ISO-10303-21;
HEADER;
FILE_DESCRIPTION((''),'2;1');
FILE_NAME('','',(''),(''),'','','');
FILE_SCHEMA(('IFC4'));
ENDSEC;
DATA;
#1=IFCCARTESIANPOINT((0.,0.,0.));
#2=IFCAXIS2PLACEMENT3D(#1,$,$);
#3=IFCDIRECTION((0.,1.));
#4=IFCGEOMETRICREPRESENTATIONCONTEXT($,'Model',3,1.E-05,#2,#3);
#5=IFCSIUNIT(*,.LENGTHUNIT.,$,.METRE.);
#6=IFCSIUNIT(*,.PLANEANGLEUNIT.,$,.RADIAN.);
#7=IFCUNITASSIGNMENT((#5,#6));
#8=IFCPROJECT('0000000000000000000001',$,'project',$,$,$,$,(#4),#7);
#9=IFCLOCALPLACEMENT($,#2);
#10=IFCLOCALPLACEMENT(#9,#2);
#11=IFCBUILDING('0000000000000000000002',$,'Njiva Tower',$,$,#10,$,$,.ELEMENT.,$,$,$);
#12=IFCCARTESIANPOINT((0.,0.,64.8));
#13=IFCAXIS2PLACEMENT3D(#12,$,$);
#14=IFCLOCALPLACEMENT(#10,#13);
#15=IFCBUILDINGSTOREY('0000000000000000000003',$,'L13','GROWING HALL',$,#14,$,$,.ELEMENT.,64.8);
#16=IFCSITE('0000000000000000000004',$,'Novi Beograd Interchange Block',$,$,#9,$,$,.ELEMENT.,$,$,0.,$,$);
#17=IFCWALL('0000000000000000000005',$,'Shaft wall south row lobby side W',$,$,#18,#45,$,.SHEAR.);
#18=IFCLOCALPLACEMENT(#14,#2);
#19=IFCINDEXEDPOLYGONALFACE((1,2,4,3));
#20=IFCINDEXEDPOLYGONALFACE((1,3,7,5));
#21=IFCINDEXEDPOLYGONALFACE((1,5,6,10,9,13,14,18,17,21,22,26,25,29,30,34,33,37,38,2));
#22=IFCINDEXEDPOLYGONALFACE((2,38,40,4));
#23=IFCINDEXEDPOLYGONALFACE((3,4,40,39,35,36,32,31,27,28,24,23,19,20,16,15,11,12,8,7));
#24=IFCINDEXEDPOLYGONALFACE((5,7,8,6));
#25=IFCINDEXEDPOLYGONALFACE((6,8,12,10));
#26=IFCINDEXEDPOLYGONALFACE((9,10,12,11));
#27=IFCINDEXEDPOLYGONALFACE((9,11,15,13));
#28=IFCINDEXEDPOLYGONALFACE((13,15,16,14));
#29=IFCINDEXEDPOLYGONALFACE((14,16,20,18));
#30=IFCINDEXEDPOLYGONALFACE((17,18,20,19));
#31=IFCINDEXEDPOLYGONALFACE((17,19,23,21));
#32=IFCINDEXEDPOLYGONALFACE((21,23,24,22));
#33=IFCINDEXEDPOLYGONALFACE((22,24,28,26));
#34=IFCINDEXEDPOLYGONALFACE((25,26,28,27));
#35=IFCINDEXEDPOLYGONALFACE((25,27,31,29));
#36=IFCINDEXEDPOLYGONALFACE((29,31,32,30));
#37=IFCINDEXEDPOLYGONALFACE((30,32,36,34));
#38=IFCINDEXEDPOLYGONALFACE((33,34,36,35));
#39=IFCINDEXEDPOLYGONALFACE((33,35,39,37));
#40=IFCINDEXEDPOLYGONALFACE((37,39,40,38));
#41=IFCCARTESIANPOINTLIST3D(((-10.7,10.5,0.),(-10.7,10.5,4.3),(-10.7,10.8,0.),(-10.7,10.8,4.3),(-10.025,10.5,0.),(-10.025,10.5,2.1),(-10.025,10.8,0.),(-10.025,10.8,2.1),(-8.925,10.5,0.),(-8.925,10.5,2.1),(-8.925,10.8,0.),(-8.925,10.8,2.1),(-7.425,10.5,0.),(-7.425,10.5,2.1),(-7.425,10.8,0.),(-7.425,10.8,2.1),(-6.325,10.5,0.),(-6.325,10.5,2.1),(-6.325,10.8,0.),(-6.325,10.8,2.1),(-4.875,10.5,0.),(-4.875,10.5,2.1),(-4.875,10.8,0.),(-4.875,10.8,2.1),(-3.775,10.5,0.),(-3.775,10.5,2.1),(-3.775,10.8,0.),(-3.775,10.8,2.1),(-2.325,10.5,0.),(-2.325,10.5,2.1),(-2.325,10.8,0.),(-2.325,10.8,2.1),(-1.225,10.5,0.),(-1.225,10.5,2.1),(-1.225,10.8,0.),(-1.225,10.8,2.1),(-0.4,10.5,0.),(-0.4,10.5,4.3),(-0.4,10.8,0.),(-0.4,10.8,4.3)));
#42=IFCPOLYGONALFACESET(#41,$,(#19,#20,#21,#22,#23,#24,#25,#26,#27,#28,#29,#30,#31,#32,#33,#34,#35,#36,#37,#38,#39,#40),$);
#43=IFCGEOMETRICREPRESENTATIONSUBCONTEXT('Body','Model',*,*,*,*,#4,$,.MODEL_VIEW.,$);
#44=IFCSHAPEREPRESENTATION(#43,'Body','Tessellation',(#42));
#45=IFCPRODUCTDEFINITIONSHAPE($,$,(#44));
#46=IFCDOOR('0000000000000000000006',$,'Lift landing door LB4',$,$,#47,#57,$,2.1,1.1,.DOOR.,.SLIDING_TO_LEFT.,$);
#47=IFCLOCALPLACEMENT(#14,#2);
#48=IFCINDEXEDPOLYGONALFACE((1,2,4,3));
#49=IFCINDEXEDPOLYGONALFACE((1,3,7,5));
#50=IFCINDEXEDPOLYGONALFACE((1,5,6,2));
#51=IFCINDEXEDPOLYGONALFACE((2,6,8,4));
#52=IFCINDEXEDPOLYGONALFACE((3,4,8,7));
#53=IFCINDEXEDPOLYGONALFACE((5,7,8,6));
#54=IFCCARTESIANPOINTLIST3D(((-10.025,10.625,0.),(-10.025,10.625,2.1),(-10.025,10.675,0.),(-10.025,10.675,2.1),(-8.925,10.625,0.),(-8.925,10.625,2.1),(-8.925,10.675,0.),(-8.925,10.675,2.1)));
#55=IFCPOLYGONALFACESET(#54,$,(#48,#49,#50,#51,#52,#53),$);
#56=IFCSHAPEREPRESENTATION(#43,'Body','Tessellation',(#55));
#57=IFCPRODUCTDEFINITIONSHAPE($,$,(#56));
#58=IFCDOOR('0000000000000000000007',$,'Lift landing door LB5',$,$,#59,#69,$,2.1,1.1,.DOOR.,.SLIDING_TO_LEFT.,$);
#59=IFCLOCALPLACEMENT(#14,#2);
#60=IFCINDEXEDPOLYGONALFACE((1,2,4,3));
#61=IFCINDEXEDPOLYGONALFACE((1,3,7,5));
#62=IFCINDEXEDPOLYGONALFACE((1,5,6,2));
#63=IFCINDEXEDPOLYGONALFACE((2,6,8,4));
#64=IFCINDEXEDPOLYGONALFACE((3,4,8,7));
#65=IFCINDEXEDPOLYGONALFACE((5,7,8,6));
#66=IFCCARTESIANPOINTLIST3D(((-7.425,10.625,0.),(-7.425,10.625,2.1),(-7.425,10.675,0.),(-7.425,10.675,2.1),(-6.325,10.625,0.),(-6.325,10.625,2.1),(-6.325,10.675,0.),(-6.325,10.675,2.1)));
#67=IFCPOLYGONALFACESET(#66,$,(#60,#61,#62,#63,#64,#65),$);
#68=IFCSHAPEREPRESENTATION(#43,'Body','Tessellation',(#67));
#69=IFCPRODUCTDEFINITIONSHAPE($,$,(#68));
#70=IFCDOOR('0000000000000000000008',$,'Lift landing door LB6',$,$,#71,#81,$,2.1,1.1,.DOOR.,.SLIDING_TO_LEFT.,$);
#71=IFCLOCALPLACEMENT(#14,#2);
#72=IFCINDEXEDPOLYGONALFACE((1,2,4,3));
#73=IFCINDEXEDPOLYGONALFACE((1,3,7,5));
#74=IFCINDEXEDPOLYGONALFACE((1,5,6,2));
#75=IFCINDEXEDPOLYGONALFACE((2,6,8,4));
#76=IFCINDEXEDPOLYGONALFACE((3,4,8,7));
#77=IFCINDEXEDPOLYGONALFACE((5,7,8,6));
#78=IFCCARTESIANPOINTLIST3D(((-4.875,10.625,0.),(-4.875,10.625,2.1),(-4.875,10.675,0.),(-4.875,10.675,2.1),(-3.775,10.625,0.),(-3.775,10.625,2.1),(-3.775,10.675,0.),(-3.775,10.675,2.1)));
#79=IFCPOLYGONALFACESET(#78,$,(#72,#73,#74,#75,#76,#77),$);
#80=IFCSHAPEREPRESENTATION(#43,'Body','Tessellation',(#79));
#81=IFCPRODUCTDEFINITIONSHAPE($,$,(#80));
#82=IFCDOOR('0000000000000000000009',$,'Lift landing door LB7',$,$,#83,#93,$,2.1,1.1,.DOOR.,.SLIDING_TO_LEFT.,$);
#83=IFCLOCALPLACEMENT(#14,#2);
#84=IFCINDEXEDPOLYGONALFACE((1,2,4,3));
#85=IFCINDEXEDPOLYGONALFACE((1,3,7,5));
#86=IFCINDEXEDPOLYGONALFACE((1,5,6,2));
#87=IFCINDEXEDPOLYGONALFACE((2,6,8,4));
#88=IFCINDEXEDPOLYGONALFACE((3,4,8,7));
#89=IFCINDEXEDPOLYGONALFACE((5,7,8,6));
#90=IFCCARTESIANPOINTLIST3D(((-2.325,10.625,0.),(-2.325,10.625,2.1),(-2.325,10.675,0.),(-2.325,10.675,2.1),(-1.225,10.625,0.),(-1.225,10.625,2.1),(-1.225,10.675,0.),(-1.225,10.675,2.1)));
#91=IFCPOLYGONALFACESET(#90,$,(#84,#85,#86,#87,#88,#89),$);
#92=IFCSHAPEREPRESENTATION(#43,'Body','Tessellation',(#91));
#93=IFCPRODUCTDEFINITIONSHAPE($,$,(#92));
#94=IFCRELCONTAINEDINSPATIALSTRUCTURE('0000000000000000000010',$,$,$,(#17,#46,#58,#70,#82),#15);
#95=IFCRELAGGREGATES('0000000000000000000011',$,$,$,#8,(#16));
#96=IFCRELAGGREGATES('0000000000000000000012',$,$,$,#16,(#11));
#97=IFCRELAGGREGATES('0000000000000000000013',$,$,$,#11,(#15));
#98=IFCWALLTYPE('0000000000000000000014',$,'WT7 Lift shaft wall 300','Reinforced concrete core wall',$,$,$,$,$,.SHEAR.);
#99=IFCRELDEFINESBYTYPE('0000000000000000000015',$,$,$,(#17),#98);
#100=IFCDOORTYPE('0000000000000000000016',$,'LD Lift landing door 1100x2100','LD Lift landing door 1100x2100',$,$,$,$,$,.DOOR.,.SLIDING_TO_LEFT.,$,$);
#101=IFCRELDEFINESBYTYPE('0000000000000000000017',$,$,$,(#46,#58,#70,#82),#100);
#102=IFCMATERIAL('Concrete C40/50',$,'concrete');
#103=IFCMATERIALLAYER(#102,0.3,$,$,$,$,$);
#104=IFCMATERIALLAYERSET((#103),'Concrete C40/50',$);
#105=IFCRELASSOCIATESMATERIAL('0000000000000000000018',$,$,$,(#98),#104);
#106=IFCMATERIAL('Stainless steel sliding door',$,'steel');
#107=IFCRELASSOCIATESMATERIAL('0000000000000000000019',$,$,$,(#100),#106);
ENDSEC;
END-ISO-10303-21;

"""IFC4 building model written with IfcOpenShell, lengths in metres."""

from ifc_helpers import new_model, si_unit, direction, frame, frame_2d, origin, place, context, subcontext, project, spatial, rectangle, extrude, material, layer, layer_set, type_object, element, fill, save


model = new_model("IFC4")

# Units and contexts
model_context = context("Model", 3, precision=1e-05, world=origin(), true_north=direction((0.0, 1.0)))
body_context = subcontext(model_context, "Body", "Model", "MODEL_VIEW")
ifc_project = project(units=[si_unit("LENGTHUNIT", "METRE"), si_unit("PLANEANGLEUNIT", "RADIAN")], contexts=[model_context])

# Site, building, storey
site_placement = place(None, origin())
site = spatial("IfcSite", under=ifc_project, at=site_placement, Name="Novi Beograd Interchange Block", CompositionType="ELEMENT", RefElevation=0.0)
building_placement = place(site_placement, origin())
building = spatial("IfcBuilding", under=site, at=building_placement, Name="Njiva Tower", CompositionType="ELEMENT")
storey_placement = place(building_placement, frame((0.0, 0.0, 64.8)))
storey = spatial("IfcBuildingStorey", under=building, at=storey_placement, Name="L13", Description="GROWING HALL", CompositionType="ELEMENT", Elevation=64.8)

# Shared definitions
ifc_material_1 = material(Name="Concrete C40/50", Category="concrete")

# Wall, openings, doors
ifc_layer_1 = layer(ifc_material_1, 0.3)
ifc_layer_set_1 = layer_set([ifc_layer_1], Name="Concrete C40/50")
wall_type_1 = type_object("IfcWallType", Name="WT7 Lift shaft wall 300", Description="Reinforced concrete core wall", PredefinedType="SHEAR", material=ifc_layer_set_1)
ifc_material_2 = material(Name="Stainless steel sliding door", Category="steel")
door_type_1 = type_object("IfcDoorType", Name="LD Lift landing door 1100x2100", Description="LD Lift landing door 1100x2100", OperationType="SLIDING_TO_LEFT", PredefinedType="DOOR", material=ifc_material_2)
wall_1_placement = place(storey_placement, frame((-10.7, 10.65, 0.0), z_axis=(0.0, 0.0, 1.0), x_axis=(1.0, 0.0, 0.0)))
wall_1 = element("IfcWall", 1, at=wall_1_placement, inside=storey, type_object=wall_type_1, Name="Shaft wall south row lobby side W", PredefinedType="SHEAR", context=body_context, shape_type="SweptSolid", body=[
    extrude(rectangle(XDim=10.3, YDim=0.3, at=frame_2d((5.15, 0.0))), origin(), (0.0, 0.0, 1.0), 4.3),
])
opening_1_placement = place(wall_1_placement, frame((0.675, 0.0, 0.0)))
opening_1 = element("IfcOpeningElement", 2, at=opening_1_placement, cuts=wall_1, PredefinedType="OPENING", context=body_context, shape_type="SweptSolid", body=[
    extrude(rectangle(XDim=1.1, YDim=2.1, at=frame_2d((0.55, 1.05))), frame((0.0, 0.16, 0.0), z_axis=(0.0, -1.0, 0.0), x_axis=(1.0, 0.0, 0.0)), (0.0, 0.0, 1.0), 0.32),
])
opening_2_placement = place(wall_1_placement, frame((3.275, 0.0, 0.0)))
opening_2 = element("IfcOpeningElement", 3, at=opening_2_placement, cuts=wall_1, PredefinedType="OPENING", context=body_context, shape_type="SweptSolid", body=[
    extrude(rectangle(XDim=1.1, YDim=2.1, at=frame_2d((0.55, 1.05))), frame((0.0, 0.16, 0.0), z_axis=(0.0, -1.0, 0.0), x_axis=(1.0, 0.0, 0.0)), (0.0, 0.0, 1.0), 0.32),
])
opening_3_placement = place(wall_1_placement, frame((5.825, 0.0, 0.0)))
opening_3 = element("IfcOpeningElement", 4, at=opening_3_placement, cuts=wall_1, PredefinedType="OPENING", context=body_context, shape_type="SweptSolid", body=[
    extrude(rectangle(XDim=1.1, YDim=2.1, at=frame_2d((0.55, 1.05))), frame((0.0, 0.16, 0.0), z_axis=(0.0, -1.0, 0.0), x_axis=(1.0, 0.0, 0.0)), (0.0, 0.0, 1.0), 0.32),
])
opening_4_placement = place(wall_1_placement, frame((8.375, 0.0, 0.0)))
opening_4 = element("IfcOpeningElement", 5, at=opening_4_placement, cuts=wall_1, PredefinedType="OPENING", context=body_context, shape_type="SweptSolid", body=[
    extrude(rectangle(XDim=1.1, YDim=2.1, at=frame_2d((0.55, 1.05))), frame((0.0, 0.16, 0.0), z_axis=(0.0, -1.0, 0.0), x_axis=(1.0, 0.0, 0.0)), (0.0, 0.0, 1.0), 0.32),
])
door_1_placement = place(opening_1_placement, origin())
door_1 = element("IfcDoor", 6, at=door_1_placement, inside=storey, type_object=door_type_1, Name="Lift landing door LB4", OperationType="SLIDING_TO_LEFT", OverallHeight=2.1, OverallWidth=1.1, PredefinedType="DOOR", context=body_context, shape_type="SweptSolid", body=[
    extrude(rectangle(XDim=1.1, YDim=2.1, at=frame_2d((0.55, 1.05))), frame((0.0, 0.025, 0.0), z_axis=(0.0, -1.0, 0.0), x_axis=(1.0, 0.0, 0.0)), (0.0, 0.0, 1.0), 0.05),
])
fill(opening_1, door_1)
door_2_placement = place(opening_2_placement, origin())
door_2 = element("IfcDoor", 7, at=door_2_placement, inside=storey, type_object=door_type_1, Name="Lift landing door LB5", OperationType="SLIDING_TO_LEFT", OverallHeight=2.1, OverallWidth=1.1, PredefinedType="DOOR", context=body_context, shape_type="SweptSolid", body=[
    extrude(rectangle(XDim=1.1, YDim=2.1, at=frame_2d((0.55, 1.05))), frame((0.0, 0.025, 0.0), z_axis=(0.0, -1.0, 0.0), x_axis=(1.0, 0.0, 0.0)), (0.0, 0.0, 1.0), 0.05),
])
fill(opening_2, door_2)
door_3_placement = place(opening_3_placement, origin())
door_3 = element("IfcDoor", 8, at=door_3_placement, inside=storey, type_object=door_type_1, Name="Lift landing door LB6", OperationType="SLIDING_TO_LEFT", OverallHeight=2.1, OverallWidth=1.1, PredefinedType="DOOR", context=body_context, shape_type="SweptSolid", body=[
    extrude(rectangle(XDim=1.1, YDim=2.1, at=frame_2d((0.55, 1.05))), frame((0.0, 0.025, 0.0), z_axis=(0.0, -1.0, 0.0), x_axis=(1.0, 0.0, 0.0)), (0.0, 0.0, 1.0), 0.05),
])
fill(opening_3, door_3)
door_4_placement = place(opening_4_placement, origin())
door_4 = element("IfcDoor", 9, at=door_4_placement, inside=storey, type_object=door_type_1, Name="Lift landing door LB7", OperationType="SLIDING_TO_LEFT", OverallHeight=2.1, OverallWidth=1.1, PredefinedType="DOOR", context=body_context, shape_type="SweptSolid", body=[
    extrude(rectangle(XDim=1.1, YDim=2.1, at=frame_2d((0.55, 1.05))), frame((0.0, 0.025, 0.0), z_axis=(0.0, -1.0, 0.0), x_axis=(1.0, 0.0, 0.0)), (0.0, 0.0, 1.0), 0.05),
])
fill(opening_4, door_4)

save(model, "model.ifc")
